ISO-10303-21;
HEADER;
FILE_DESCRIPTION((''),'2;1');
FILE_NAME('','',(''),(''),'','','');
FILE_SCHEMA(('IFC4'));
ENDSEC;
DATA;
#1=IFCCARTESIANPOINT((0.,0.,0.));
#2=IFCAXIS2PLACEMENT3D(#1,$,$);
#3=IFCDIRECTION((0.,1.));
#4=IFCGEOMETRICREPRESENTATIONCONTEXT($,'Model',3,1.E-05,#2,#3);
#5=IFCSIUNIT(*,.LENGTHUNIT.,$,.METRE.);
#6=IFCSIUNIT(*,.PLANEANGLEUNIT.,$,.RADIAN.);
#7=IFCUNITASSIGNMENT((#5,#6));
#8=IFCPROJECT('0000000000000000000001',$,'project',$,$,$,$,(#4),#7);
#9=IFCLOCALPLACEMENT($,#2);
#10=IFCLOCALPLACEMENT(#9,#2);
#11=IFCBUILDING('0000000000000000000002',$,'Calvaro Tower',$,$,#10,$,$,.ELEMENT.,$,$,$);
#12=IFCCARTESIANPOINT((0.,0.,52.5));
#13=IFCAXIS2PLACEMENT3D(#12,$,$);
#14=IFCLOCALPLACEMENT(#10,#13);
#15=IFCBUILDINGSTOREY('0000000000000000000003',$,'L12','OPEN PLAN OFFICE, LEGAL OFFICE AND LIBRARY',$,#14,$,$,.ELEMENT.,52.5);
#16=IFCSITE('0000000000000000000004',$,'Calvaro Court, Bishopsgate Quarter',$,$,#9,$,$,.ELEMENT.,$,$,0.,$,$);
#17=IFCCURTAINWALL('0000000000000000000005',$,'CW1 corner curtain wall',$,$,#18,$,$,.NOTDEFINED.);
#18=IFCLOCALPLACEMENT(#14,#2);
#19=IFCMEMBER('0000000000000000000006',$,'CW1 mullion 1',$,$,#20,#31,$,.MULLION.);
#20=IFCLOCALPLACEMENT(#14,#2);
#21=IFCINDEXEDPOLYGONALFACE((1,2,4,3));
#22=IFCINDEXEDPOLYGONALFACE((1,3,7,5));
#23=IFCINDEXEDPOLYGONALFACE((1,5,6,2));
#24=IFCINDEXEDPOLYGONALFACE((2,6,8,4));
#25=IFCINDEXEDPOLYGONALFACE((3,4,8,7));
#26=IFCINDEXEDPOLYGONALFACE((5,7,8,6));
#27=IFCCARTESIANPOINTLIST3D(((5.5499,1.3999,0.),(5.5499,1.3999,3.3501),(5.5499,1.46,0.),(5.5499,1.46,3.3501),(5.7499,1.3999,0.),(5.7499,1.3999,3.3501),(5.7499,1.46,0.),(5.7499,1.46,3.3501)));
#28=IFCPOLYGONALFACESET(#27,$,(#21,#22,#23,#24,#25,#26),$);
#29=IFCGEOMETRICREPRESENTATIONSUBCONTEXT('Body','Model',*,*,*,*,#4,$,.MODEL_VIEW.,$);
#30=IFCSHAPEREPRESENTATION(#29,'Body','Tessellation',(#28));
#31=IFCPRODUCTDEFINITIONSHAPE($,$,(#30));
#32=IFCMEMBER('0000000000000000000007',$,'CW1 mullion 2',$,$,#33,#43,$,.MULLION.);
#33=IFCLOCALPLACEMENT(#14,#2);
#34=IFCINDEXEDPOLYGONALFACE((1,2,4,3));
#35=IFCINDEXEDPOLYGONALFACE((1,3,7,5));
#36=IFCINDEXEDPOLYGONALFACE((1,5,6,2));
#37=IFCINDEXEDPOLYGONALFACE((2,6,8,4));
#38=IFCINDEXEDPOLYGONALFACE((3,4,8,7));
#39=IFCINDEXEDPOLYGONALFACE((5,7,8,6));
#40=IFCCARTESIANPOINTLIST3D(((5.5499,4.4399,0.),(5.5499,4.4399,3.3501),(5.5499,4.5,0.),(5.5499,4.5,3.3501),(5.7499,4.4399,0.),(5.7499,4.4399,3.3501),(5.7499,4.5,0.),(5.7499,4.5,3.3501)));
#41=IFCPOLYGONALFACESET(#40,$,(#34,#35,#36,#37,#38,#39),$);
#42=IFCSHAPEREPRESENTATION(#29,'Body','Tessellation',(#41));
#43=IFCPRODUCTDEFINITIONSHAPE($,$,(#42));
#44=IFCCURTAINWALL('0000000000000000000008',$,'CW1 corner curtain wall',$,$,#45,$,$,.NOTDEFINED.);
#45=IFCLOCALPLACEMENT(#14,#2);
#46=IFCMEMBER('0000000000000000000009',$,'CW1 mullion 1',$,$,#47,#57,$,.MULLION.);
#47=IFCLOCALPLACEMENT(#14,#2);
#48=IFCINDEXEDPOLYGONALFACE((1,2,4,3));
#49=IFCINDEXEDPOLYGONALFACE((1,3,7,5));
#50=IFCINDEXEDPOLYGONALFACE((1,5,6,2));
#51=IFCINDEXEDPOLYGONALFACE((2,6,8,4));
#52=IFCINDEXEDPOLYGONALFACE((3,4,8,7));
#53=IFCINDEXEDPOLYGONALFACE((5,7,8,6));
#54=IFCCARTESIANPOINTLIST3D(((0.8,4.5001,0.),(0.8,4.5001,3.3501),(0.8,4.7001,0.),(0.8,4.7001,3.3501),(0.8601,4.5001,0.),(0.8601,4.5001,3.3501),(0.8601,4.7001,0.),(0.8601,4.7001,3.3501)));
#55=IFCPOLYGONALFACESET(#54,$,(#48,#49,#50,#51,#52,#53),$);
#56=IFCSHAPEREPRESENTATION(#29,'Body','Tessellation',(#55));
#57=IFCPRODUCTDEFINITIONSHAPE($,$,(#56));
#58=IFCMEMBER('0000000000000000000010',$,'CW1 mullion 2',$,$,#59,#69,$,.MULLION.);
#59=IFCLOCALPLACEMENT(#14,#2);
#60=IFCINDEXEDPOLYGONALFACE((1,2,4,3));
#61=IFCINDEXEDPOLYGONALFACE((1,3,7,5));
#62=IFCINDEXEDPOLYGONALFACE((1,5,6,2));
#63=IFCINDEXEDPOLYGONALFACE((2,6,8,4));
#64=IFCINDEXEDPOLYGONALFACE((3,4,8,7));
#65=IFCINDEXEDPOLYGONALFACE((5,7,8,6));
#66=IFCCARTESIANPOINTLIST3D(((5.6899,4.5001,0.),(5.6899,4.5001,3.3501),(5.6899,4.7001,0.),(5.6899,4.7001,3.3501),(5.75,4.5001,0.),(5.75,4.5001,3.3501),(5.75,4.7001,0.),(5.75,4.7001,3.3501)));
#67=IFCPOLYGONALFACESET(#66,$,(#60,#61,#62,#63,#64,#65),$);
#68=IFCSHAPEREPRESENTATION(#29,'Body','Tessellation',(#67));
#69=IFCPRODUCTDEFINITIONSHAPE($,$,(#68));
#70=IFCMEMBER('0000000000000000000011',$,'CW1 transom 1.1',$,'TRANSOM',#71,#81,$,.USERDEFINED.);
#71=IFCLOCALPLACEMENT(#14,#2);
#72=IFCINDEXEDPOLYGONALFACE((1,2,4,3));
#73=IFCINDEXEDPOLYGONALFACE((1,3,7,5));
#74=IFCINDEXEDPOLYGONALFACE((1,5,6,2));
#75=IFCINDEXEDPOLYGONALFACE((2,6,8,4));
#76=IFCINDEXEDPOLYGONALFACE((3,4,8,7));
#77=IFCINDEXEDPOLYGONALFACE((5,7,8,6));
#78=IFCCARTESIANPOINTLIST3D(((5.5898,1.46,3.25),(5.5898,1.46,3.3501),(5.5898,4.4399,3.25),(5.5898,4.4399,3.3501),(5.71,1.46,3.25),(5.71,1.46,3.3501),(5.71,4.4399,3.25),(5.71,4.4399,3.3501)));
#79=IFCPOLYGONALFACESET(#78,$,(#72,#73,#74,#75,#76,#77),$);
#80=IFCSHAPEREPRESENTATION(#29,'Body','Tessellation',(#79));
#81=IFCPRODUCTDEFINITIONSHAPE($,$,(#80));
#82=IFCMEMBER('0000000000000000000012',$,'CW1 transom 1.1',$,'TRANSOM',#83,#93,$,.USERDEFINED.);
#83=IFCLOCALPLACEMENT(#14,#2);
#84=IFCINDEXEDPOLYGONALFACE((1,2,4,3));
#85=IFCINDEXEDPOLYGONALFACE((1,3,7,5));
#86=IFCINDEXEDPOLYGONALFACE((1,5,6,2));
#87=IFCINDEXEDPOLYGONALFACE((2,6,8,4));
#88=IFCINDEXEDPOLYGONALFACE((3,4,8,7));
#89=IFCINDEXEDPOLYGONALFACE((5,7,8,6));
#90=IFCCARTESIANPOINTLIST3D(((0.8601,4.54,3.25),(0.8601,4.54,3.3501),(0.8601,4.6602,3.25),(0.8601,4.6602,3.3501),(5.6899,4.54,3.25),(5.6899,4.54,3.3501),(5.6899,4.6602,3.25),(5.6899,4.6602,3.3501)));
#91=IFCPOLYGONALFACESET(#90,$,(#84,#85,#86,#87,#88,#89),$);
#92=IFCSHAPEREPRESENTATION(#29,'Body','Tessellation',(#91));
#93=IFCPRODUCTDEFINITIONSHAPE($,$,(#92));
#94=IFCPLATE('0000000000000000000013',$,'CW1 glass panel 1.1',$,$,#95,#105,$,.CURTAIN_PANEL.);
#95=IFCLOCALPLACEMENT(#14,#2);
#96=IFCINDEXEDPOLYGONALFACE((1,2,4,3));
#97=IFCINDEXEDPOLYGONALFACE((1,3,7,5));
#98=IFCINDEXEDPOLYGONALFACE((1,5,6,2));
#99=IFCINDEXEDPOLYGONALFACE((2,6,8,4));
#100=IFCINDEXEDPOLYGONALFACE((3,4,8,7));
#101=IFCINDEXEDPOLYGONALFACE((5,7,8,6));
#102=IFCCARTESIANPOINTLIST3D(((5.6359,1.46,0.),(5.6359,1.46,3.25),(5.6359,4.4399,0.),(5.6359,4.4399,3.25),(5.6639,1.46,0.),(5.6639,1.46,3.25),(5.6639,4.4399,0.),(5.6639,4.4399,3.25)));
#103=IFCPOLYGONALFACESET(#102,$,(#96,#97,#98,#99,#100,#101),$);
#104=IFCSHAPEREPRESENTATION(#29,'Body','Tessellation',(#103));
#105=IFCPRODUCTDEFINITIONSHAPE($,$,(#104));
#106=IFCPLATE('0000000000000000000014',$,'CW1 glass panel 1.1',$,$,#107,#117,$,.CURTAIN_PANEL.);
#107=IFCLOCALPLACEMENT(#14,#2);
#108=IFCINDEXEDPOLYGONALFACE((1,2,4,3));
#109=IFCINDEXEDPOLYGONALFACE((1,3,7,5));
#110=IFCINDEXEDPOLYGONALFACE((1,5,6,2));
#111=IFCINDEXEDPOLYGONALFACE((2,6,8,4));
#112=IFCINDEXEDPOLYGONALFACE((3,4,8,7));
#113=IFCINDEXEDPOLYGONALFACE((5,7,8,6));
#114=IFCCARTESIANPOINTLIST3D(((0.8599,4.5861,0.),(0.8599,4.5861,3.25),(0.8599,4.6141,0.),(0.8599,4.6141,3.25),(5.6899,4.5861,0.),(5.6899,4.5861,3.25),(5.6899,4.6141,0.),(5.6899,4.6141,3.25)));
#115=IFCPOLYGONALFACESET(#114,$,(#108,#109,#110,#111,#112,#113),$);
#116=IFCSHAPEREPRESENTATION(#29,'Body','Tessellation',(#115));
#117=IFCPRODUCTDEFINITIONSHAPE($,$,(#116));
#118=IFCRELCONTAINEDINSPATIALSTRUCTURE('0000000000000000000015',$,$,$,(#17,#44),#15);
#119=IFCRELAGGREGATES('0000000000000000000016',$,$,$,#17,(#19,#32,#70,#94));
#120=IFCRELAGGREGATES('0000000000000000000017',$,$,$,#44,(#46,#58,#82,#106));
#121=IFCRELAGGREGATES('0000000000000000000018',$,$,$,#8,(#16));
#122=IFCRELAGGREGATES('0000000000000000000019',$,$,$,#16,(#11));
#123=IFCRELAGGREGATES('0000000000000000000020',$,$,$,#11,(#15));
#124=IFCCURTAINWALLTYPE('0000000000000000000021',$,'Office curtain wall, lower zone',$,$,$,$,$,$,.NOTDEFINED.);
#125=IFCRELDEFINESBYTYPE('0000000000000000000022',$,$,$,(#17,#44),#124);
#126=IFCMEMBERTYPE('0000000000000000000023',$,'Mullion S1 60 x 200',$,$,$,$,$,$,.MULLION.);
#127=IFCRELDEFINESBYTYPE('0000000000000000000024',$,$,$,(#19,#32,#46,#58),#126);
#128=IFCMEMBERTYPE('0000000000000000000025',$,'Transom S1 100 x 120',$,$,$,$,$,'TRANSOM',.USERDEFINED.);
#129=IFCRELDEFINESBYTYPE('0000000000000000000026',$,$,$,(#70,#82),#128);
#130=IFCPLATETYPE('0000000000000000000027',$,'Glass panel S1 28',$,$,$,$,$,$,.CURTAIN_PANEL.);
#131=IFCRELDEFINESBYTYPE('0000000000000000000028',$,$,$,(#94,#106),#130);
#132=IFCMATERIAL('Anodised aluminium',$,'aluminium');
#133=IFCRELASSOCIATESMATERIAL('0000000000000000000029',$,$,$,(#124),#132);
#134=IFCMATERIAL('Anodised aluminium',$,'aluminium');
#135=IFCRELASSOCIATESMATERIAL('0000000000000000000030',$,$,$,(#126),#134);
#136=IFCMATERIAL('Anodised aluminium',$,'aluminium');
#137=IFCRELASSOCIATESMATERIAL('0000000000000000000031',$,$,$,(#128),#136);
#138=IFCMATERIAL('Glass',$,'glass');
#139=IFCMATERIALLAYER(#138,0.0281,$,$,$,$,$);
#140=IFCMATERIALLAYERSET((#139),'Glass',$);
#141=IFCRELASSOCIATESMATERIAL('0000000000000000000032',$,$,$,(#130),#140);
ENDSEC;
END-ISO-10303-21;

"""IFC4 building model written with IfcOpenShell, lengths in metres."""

from ifc_helpers import new_model, si_unit, direction, frame, origin, origin_2d, place, context, subcontext, project, spatial, rectangle, extrude, material, layer, layer_set, material_profile, profile_set, type_object, element, aggregate, save


model = new_model("IFC4")

# Units and contexts
model_context = context("Model", 3, precision=1e-05, world=origin(), true_north=direction((0.0, 1.0)))
body_context = subcontext(model_context, "Body", "Model", "MODEL_VIEW")
ifc_project = project(units=[si_unit("LENGTHUNIT", "METRE"), si_unit("PLANEANGLEUNIT", "RADIAN")], contexts=[model_context])

# Site, building, storey
site_placement = place(None, origin())
site = spatial("IfcSite", under=ifc_project, at=site_placement, Name="Calvaro Court, Bishopsgate Quarter", CompositionType="ELEMENT", RefElevation=0.0)
building_placement = place(site_placement, origin())
building = spatial("IfcBuilding", under=site, at=building_placement, Name="Calvaro Tower", CompositionType="ELEMENT")
storey_placement = place(building_placement, frame((0.0, 0.0, 52.5)))
storey = spatial("IfcBuildingStorey", under=building, at=storey_placement, Name="L12", Description="OPEN PLAN OFFICE, LEGAL OFFICE AND LIBRARY", CompositionType="ELEMENT", Elevation=52.5)

# Curtain walls, members
ifc_material_1 = material(Name="Anodised aluminium", Category="aluminium")
curtain_wall_type = type_object("IfcCurtainWallType", Name="Office curtain wall, lower zone", PredefinedType="NOTDEFINED", material=ifc_material_1)
curtain_wall_1_placement = place(storey_placement, origin())
curtain_wall_1 = element("IfcCurtainWall", 1, at=curtain_wall_1_placement, inside=storey, type_object=curtain_wall_type, Name="CW1 corner curtain wall", PredefinedType="NOTDEFINED")
ifc_material_2 = material(Name="Anodised aluminium", Category="aluminium")
ifc_material_profile_1 = material_profile(ifc_material_2, rectangle(XDim=0.2, YDim=0.0601, at=origin_2d()), Name="Mullion S1 60 x 200")
ifc_profile_set_1 = profile_set([ifc_material_profile_1], Name="Anodised aluminium")
member_type_1 = type_object("IfcMemberType", Name="Mullion S1 60 x 200", PredefinedType="MULLION", material=ifc_profile_set_1)
member_1_placement = place(storey_placement, frame((5.6499, 1.4299, 0.0), z_axis=(0.0, 0.0, 1.0), x_axis=(-1.0, 0.0, 0.0)))
member_1 = element("IfcMember", 2, at=member_1_placement, type_object=member_type_1, Name="CW1 mullion 1", PredefinedType="MULLION", context=body_context, shape_type="SweptSolid", body=[
    extrude(rectangle(XDim=0.2, YDim=0.0601, at=origin_2d()), origin(), (0.0, 0.0, 1.0), 3.3501),
])
member_2_placement = place(storey_placement, frame((5.6499, 4.47, 0.0), z_axis=(0.0, 0.0, 1.0), x_axis=(-1.0, 0.0, 0.0)))
member_2 = element("IfcMember", 3, at=member_2_placement, type_object=member_type_1, Name="CW1 mullion 2", PredefinedType="MULLION", context=body_context, shape_type="SweptSolid", body=[
    extrude(rectangle(XDim=0.2, YDim=0.0601, at=origin_2d()), origin(), (0.0, 0.0, 1.0), 3.3501),
])
curtain_wall_2_placement = place(storey_placement, origin())
curtain_wall_2 = element("IfcCurtainWall", 4, at=curtain_wall_2_placement, inside=storey, type_object=curtain_wall_type, Name="CW1 corner curtain wall", PredefinedType="NOTDEFINED")
member_3_placement = place(storey_placement, frame((0.8301, 4.6001, 0.0), z_axis=(0.0, 0.0, 1.0), x_axis=(0.0, 1.0, 0.0)))
member_3 = element("IfcMember", 5, at=member_3_placement, type_object=member_type_1, Name="CW1 mullion 1", PredefinedType="MULLION", context=body_context, shape_type="SweptSolid", body=[
    extrude(rectangle(XDim=0.2, YDim=0.0601, at=origin_2d()), origin(), (0.0, 0.0, 1.0), 3.3501),
])
member_4_placement = place(storey_placement, frame((5.72, 4.6001, 0.0), z_axis=(0.0, 0.0, 1.0), x_axis=(0.0, 1.0, 0.0)))
member_4 = element("IfcMember", 6, at=member_4_placement, type_object=member_type_1, Name="CW1 mullion 2", PredefinedType="MULLION", context=body_context, shape_type="SweptSolid", body=[
    extrude(rectangle(XDim=0.2, YDim=0.0601, at=origin_2d()), origin(), (0.0, 0.0, 1.0), 3.3501),
])

# Members
ifc_material_3 = material(Name="Anodised aluminium", Category="aluminium")
ifc_material_profile_2 = material_profile(ifc_material_3, rectangle(XDim=0.1201, YDim=0.1001, at=origin_2d()), Name="Transom S1 100 x 120")
ifc_profile_set_2 = profile_set([ifc_material_profile_2], Name="Anodised aluminium")
member_type_2 = type_object("IfcMemberType", Name="Transom S1 100 x 120", ElementType="TRANSOM", PredefinedType="USERDEFINED", material=ifc_profile_set_2)
member_5_placement = place(storey_placement, frame((5.6499, 1.46, 3.3), z_axis=(0.0, 1.0, 0.0), x_axis=(-1.0, 0.0, 0.0)))
member_5 = element("IfcMember", 7, at=member_5_placement, type_object=member_type_2, Name="CW1 transom 1.1", ObjectType="TRANSOM", PredefinedType="USERDEFINED", context=body_context, shape_type="SweptSolid", body=[
    extrude(rectangle(XDim=0.1201, YDim=0.1001, at=origin_2d()), origin(), (0.0, 0.0, 1.0), 2.98),
])
member_6_placement = place(storey_placement, frame((0.8601, 4.6001, 3.3), z_axis=(1.0, 0.0, 0.0), x_axis=(0.0, 1.0, 0.0)))
member_6 = element("IfcMember", 8, at=member_6_placement, type_object=member_type_2, Name="CW1 transom 1.1", ObjectType="TRANSOM", PredefinedType="USERDEFINED", context=body_context, shape_type="SweptSolid", body=[
    extrude(rectangle(XDim=0.1201, YDim=0.1001, at=origin_2d()), origin(), (0.0, 0.0, 1.0), 4.8298),
])

# Plates
ifc_material_4 = material(Name="Glass", Category="glass")
ifc_layer_1 = layer(ifc_material_4, 0.0281)
ifc_layer_set_1 = layer_set([ifc_layer_1], Name="Glass")
plate_type = type_object("IfcPlateType", Name="Glass panel S1 28", PredefinedType="CURTAIN_PANEL", material=ifc_layer_set_1)
plate_1_placement = place(storey_placement, frame((5.6499, 2.95, 0.0), z_axis=(0.0, 0.0, 1.0), x_axis=(0.0, 1.0, 0.0)))
plate_1 = element("IfcPlate", 9, at=plate_1_placement, type_object=plate_type, Name="CW1 glass panel 1.1", PredefinedType="CURTAIN_PANEL", context=body_context, shape_type="SweptSolid", body=[
    extrude(rectangle(XDim=2.98, YDim=0.0281, at=origin_2d()), origin(), (0.0, 0.0, 1.0), 3.25),
])
aggregate(curtain_wall_1, [member_1, member_2, member_5, plate_1])
plate_2_placement = place(storey_placement, frame((3.2749, 4.6001, 0.0), z_axis=(0.0, 0.0, 1.0), x_axis=(1.0, 0.0, 0.0)))
plate_2 = element("IfcPlate", 10, at=plate_2_placement, type_object=plate_type, Name="CW1 glass panel 1.1", PredefinedType="CURTAIN_PANEL", context=body_context, shape_type="SweptSolid", body=[
    extrude(rectangle(XDim=4.8301, YDim=0.0281, at=origin_2d()), origin(), (0.0, 0.0, 1.0), 3.25),
])
aggregate(curtain_wall_2, [member_3, member_4, member_6, plate_2])

save(model, "model.ifc")
